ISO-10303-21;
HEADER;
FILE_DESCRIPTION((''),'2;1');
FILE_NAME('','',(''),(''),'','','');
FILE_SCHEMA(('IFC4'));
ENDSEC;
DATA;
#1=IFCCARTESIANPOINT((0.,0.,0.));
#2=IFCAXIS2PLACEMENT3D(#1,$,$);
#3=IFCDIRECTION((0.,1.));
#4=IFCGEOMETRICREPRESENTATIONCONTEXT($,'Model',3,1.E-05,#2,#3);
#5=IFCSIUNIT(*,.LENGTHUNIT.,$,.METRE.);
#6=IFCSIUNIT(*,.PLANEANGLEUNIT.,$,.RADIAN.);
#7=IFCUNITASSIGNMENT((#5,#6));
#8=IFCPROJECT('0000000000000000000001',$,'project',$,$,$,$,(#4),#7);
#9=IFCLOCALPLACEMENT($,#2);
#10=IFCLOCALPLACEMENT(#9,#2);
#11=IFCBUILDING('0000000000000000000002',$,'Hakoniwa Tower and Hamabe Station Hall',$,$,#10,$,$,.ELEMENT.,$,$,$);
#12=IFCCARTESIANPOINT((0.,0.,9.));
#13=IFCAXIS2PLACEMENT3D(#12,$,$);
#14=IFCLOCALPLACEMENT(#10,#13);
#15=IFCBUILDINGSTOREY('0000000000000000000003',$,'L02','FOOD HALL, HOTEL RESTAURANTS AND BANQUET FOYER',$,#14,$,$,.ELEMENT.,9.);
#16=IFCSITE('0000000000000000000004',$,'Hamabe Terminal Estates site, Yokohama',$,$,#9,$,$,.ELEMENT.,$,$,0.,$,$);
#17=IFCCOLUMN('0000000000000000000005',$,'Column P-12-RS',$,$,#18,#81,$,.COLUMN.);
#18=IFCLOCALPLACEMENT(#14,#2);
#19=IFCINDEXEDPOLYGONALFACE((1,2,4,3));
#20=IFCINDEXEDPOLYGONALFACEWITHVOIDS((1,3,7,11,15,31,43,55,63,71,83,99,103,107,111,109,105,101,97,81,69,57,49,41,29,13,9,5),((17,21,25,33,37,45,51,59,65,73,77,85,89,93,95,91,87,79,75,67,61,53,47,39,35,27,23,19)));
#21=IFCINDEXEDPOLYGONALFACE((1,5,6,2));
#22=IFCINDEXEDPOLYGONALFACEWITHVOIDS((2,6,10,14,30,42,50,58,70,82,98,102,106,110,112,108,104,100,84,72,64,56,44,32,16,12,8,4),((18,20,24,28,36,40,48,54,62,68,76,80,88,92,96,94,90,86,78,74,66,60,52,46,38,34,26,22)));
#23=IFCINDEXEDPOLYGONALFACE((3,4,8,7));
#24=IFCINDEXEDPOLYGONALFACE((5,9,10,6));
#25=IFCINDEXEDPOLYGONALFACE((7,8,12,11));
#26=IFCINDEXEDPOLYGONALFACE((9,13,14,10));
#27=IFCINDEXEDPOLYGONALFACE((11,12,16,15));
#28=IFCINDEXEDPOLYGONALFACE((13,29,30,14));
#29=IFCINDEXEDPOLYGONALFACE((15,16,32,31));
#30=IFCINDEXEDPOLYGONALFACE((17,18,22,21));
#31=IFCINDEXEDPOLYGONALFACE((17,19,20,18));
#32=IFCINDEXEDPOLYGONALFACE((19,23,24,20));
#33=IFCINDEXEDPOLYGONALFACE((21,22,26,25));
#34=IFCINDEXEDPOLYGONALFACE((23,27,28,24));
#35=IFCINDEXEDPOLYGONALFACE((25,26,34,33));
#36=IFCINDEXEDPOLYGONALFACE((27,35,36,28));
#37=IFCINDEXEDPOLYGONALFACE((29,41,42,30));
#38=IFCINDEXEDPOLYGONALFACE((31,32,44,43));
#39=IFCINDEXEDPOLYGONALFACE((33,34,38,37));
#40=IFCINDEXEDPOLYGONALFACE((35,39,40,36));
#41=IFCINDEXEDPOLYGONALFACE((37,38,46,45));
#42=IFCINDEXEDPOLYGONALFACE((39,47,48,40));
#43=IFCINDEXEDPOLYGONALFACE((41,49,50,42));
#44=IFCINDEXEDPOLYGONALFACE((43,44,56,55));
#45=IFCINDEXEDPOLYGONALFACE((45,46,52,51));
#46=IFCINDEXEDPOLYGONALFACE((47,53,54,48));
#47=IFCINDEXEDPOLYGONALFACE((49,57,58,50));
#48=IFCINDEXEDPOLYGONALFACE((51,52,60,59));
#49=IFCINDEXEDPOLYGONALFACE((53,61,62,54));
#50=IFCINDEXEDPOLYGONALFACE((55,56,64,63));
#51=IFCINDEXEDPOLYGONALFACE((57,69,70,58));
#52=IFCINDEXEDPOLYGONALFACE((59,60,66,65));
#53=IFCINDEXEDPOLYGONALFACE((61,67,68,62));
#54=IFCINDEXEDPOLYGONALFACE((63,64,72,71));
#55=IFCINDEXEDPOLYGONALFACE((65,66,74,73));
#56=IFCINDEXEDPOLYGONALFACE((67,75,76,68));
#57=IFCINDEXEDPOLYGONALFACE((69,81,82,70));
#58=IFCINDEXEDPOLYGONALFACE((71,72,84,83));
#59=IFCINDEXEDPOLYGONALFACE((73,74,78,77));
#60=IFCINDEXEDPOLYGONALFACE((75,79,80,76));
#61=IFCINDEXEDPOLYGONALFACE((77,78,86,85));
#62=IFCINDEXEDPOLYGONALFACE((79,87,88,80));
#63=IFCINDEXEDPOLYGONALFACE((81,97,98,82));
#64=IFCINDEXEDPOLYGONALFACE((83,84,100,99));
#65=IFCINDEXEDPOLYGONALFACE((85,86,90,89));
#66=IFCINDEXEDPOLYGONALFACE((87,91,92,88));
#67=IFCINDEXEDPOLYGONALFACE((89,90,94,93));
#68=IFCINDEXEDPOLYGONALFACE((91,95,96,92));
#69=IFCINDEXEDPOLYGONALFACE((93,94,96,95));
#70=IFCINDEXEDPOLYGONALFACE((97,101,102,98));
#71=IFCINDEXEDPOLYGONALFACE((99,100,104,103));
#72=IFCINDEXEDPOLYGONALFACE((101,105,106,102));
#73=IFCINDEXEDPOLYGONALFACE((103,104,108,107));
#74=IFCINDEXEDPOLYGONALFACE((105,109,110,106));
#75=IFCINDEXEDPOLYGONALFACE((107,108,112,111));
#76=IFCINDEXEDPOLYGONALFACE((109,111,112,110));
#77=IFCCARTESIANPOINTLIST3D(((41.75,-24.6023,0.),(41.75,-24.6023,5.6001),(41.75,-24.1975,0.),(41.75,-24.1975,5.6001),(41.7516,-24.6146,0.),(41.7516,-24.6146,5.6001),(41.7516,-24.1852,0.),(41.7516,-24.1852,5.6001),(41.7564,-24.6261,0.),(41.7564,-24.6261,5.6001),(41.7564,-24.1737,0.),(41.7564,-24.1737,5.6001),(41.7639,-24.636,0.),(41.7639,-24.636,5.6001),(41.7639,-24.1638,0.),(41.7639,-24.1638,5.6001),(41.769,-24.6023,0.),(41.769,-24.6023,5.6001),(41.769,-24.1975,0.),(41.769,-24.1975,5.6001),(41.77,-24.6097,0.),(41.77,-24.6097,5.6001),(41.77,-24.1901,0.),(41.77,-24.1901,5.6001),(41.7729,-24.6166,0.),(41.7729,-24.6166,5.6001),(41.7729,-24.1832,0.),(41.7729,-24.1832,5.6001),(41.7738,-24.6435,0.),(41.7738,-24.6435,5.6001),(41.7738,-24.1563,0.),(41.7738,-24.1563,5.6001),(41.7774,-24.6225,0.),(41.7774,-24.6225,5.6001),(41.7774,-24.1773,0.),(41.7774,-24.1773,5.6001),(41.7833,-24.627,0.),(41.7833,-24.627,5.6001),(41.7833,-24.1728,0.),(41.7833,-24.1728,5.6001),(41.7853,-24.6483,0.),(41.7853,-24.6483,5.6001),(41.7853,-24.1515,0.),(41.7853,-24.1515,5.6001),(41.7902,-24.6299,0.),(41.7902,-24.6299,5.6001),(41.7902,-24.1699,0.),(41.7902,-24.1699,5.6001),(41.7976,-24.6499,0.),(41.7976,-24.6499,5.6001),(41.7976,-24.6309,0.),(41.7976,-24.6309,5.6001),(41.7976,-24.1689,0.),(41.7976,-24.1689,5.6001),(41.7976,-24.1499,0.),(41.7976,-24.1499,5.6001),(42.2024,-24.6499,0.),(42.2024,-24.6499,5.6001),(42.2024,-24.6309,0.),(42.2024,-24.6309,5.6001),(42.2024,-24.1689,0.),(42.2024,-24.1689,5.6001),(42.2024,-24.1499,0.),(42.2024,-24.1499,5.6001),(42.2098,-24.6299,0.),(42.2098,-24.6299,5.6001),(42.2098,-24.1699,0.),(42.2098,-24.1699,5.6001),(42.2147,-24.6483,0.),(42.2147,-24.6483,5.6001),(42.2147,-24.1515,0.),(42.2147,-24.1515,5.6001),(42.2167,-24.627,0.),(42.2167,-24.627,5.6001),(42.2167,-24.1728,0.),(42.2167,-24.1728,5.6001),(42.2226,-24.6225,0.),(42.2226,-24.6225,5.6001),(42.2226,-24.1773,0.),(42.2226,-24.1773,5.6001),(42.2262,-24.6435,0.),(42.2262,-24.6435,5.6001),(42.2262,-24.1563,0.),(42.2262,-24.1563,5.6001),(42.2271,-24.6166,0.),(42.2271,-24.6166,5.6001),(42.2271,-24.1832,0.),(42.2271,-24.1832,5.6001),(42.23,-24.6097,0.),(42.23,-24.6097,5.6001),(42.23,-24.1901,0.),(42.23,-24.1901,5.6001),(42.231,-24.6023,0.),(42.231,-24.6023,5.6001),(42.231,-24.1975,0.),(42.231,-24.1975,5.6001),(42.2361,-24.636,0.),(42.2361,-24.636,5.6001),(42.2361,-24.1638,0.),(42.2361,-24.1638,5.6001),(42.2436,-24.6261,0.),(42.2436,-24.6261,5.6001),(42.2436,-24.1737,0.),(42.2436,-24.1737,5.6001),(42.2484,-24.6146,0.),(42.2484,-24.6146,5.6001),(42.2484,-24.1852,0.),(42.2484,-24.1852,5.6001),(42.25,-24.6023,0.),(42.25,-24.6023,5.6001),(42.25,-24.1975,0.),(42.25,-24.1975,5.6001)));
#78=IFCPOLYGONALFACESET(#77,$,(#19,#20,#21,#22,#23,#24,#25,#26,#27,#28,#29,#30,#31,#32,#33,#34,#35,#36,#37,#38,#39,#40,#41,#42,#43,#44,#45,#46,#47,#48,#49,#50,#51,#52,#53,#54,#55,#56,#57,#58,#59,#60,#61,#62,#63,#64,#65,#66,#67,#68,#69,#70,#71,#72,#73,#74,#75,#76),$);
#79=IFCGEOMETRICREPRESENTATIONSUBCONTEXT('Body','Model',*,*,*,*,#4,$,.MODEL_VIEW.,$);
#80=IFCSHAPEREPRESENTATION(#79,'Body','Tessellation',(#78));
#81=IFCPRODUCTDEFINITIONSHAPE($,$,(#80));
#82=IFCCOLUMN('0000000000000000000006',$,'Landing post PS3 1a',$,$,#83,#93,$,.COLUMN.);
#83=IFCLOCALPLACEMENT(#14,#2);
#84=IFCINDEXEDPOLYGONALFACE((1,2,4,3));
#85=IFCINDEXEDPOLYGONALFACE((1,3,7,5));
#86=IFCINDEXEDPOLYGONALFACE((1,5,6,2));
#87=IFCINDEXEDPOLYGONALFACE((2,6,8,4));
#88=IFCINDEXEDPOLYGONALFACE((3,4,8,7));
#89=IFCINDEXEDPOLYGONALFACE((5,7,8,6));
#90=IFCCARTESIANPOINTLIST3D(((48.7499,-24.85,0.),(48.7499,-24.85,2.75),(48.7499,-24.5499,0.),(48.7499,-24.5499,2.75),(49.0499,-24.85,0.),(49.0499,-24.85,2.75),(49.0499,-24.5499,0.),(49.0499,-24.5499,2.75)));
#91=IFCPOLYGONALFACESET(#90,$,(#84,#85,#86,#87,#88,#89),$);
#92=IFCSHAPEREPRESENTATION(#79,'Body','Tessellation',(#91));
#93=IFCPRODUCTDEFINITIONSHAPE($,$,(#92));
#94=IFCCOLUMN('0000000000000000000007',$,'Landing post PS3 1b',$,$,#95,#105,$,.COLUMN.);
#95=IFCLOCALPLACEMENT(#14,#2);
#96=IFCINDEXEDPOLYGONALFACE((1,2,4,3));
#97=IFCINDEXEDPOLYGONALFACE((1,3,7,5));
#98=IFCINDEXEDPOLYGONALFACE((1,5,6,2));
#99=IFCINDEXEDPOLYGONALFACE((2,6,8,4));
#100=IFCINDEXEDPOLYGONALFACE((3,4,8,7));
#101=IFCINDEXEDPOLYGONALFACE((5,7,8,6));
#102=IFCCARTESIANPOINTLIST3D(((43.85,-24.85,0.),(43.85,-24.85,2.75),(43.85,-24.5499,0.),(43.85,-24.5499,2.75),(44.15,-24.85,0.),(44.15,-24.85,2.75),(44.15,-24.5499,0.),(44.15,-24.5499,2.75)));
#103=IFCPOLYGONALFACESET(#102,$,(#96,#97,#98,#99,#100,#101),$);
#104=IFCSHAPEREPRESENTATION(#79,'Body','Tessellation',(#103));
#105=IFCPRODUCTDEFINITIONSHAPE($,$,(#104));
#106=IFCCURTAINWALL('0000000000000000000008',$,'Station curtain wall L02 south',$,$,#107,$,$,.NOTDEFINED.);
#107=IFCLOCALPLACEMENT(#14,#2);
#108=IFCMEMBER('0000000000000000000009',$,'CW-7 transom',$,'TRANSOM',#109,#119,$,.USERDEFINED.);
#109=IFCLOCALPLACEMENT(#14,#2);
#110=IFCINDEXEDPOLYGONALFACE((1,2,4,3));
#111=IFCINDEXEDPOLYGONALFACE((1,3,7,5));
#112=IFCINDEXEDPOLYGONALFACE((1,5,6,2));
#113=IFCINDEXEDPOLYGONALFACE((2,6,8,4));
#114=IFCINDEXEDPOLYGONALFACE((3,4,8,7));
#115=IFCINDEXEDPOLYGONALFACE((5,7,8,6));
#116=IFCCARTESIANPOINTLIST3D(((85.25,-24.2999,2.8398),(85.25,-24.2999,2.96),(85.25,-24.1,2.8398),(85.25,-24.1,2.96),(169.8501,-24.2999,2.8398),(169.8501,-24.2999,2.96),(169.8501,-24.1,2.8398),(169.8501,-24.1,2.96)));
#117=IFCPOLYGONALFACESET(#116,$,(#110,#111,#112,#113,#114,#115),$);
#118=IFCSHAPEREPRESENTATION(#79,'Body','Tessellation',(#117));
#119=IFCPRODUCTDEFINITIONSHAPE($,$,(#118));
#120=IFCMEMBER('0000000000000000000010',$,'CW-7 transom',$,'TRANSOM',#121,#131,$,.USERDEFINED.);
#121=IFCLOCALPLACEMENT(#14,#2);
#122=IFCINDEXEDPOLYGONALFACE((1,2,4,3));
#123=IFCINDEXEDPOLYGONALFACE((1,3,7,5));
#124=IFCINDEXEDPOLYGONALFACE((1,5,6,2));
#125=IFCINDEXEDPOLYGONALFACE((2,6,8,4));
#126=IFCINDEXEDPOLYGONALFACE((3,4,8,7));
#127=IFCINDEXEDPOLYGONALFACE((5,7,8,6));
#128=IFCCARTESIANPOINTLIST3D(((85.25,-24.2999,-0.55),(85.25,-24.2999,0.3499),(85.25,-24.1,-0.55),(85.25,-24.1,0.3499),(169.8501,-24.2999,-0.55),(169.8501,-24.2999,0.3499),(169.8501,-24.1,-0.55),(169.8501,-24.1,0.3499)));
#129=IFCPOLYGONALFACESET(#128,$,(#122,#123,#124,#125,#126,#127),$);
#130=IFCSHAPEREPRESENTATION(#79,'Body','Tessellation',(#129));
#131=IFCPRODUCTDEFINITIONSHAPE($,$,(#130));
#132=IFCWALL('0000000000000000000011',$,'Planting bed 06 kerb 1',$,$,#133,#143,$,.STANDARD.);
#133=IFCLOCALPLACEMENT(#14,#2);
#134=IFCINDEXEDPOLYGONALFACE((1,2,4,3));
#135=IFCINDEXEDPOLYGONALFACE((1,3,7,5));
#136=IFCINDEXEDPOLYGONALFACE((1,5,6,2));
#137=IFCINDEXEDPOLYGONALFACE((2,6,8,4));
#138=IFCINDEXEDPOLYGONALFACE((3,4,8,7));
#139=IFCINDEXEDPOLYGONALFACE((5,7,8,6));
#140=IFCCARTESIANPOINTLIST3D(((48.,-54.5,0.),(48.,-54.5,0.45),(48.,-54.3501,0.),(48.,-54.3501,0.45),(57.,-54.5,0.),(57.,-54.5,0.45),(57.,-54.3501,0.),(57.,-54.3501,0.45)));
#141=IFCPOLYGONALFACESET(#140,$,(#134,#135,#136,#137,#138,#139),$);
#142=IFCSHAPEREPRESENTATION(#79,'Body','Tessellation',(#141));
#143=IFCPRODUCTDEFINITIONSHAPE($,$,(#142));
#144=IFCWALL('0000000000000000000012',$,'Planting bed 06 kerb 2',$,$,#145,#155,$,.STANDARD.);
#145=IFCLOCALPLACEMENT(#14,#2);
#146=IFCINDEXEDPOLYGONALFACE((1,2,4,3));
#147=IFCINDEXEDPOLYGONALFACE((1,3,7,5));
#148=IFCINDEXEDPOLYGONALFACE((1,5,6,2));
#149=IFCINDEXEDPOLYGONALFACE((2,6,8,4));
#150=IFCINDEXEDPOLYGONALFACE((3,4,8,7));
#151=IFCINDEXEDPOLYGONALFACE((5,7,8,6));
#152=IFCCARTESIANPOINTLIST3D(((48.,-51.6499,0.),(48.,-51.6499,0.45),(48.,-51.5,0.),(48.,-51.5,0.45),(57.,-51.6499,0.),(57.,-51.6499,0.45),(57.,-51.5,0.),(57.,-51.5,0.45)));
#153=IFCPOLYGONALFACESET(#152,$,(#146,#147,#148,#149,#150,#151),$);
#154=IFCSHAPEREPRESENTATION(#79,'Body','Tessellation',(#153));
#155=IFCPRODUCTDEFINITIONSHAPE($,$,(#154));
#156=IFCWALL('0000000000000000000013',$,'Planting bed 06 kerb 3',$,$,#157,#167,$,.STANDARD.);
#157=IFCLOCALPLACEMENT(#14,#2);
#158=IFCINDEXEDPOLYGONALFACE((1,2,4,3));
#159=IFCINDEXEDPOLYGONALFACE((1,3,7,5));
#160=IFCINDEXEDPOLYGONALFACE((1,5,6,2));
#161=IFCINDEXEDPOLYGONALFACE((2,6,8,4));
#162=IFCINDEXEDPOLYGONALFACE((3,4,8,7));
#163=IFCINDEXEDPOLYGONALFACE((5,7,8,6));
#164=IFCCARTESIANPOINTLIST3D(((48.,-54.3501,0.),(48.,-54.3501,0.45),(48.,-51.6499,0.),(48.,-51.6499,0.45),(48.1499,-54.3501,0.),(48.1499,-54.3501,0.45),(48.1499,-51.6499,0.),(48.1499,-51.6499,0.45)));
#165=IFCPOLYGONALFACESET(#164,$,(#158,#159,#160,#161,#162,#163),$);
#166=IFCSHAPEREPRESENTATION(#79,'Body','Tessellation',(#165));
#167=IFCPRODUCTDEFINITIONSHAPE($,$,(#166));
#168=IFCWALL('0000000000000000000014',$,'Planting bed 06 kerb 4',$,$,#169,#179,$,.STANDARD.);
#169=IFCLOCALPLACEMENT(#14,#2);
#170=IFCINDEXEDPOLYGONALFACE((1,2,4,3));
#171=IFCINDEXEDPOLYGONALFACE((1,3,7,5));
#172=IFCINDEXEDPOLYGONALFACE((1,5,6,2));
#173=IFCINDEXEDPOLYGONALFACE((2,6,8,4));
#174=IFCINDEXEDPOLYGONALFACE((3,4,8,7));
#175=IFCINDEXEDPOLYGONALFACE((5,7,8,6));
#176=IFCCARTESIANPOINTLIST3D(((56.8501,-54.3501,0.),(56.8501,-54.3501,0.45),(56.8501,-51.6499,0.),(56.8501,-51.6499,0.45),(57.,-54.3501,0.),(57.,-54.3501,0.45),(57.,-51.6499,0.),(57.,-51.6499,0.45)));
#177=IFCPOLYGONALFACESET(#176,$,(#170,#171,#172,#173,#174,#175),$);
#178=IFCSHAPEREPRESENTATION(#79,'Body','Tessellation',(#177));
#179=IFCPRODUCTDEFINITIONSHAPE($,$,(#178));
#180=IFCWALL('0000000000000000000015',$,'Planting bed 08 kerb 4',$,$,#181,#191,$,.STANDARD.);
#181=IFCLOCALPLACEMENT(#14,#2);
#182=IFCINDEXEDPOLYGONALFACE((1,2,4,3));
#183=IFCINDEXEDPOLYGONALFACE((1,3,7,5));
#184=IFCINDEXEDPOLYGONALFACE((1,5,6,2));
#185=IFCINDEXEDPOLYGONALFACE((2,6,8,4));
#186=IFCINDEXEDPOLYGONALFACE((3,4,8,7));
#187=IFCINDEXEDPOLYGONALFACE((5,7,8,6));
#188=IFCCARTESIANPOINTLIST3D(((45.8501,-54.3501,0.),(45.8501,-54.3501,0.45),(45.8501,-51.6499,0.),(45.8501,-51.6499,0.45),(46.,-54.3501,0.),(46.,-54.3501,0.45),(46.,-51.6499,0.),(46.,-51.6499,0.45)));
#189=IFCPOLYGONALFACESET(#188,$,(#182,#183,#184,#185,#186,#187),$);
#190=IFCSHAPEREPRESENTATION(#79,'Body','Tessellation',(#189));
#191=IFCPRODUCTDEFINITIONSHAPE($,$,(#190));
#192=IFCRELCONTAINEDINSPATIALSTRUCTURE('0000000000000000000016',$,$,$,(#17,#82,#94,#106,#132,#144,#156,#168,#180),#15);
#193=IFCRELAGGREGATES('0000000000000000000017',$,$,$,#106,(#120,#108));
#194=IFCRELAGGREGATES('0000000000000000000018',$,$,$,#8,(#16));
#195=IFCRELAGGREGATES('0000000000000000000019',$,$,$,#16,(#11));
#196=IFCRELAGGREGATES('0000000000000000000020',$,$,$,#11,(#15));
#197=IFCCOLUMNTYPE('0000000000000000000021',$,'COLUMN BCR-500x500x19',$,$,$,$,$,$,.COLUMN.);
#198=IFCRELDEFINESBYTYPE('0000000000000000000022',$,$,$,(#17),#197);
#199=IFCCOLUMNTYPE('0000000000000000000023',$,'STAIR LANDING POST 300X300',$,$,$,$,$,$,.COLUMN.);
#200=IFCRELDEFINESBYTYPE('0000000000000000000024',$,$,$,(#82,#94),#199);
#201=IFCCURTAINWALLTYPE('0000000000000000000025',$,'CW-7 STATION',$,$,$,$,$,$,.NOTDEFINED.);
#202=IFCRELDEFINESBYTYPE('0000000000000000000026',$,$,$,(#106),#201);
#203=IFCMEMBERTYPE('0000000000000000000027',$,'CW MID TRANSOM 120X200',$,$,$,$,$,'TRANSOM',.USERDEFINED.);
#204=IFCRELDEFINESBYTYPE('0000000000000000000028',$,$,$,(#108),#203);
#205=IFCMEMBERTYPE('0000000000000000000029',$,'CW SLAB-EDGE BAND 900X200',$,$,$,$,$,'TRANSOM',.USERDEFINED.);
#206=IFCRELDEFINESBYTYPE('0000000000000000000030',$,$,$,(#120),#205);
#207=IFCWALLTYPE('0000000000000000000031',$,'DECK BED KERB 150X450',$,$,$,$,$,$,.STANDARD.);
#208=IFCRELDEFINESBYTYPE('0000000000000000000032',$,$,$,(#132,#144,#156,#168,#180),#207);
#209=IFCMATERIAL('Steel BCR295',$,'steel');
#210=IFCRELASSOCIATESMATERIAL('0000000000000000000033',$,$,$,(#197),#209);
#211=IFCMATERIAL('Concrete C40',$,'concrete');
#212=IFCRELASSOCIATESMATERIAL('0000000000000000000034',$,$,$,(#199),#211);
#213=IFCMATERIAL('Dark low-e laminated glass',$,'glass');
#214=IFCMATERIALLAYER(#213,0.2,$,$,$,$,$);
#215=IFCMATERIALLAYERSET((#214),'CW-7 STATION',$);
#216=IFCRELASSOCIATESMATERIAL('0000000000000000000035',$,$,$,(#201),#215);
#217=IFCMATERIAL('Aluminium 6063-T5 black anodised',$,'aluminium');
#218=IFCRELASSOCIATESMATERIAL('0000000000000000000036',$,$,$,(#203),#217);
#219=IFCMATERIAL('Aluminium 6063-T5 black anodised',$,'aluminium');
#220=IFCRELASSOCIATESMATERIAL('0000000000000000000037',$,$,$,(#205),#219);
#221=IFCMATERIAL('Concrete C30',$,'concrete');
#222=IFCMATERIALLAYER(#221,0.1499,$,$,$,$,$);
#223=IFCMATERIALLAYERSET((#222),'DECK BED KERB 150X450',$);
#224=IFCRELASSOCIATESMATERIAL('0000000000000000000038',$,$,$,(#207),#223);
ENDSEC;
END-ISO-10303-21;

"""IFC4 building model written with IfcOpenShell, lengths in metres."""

from ifc_helpers import new_model, si_unit, direction, frame, frame_2d, origin, origin_2d, place, context, subcontext, project, spatial, rectangle, hollow_rectangle, extrude, material, layer, layer_set, material_profile, profile_set, type_object, element, aggregate, save


model = new_model("IFC4")

# Units and contexts
model_context = context("Model", 3, precision=1e-05, world=origin(), true_north=direction((0.0, 1.0)))
body_context = subcontext(model_context, "Body", "Model", "MODEL_VIEW")
ifc_project = project(units=[si_unit("LENGTHUNIT", "METRE"), si_unit("PLANEANGLEUNIT", "RADIAN")], contexts=[model_context])

# Site, building, storey
site_placement = place(None, origin())
site = spatial("IfcSite", under=ifc_project, at=site_placement, Name="Hamabe Terminal Estates site, Yokohama", CompositionType="ELEMENT", RefElevation=0.0)
building_placement = place(site_placement, origin())
building = spatial("IfcBuilding", under=site, at=building_placement, Name="Hakoniwa Tower and Hamabe Station Hall", CompositionType="ELEMENT")
storey_placement = place(building_placement, frame((0.0, 0.0, 9.0)))
storey = spatial("IfcBuildingStorey", under=building, at=storey_placement, Name="L02", Description="FOOD HALL, HOTEL RESTAURANTS AND BANQUET FOYER", CompositionType="ELEMENT", Elevation=9.0)

# Columns
ifc_material_1 = material(Name="Steel BCR295", Category="steel")
ifc_material_profile_1 = material_profile(ifc_material_1, hollow_rectangle(XDim=0.5, YDim=0.5, WallThickness=0.019, InnerFilletRadius=0.0286, OuterFilletRadius=0.0476, at=origin_2d()), Name="BCR-500x500x19")
ifc_profile_set_1 = profile_set([ifc_material_profile_1], Name="Steel BCR295")
column_type_1 = type_object("IfcColumnType", Name="COLUMN BCR-500x500x19", PredefinedType="COLUMN", material=ifc_profile_set_1)
column_placement = place(storey_placement, frame((42.0, -24.3999, 0.0), z_axis=(0.0, 0.0, 1.0), x_axis=(1.0, 0.0, 0.0)))
element("IfcColumn", 1, at=column_placement, inside=storey, type_object=column_type_1, Name="Column P-12-RS", PredefinedType="COLUMN", context=body_context, shape_type="SweptSolid", body=[
    extrude(hollow_rectangle(XDim=0.5, YDim=0.5, WallThickness=0.019, InnerFilletRadius=0.0286, OuterFilletRadius=0.0476, at=origin_2d()), origin(), (0.0, 0.0, 1.0), 5.6001),
])
ifc_material_2 = material(Name="Concrete C40", Category="concrete")
ifc_material_profile_2 = material_profile(ifc_material_2, rectangle(XDim=0.3, YDim=0.3, at=origin_2d()), Name="STAIR LANDING POST 300X300")
ifc_profile_set_2 = profile_set([ifc_material_profile_2], Name="Concrete C40")
column_type_2 = type_object("IfcColumnType", Name="STAIR LANDING POST 300X300", PredefinedType="COLUMN", material=ifc_profile_set_2)
for number, where, z_axis, x_axis, name in (
    (2, (48.8999, -24.7, 0.0), (0.0, 0.0, 1.0), (1.0, 0.0, 0.0), "Landing post PS3 1a"),
    (3, (44.0, -24.7, 0.0), (0.0, 0.0, 1.0), (1.0, 0.0, 0.0), "Landing post PS3 1b"),
):
    element("IfcColumn", number, at=place(storey_placement, frame(where, z_axis=z_axis, x_axis=x_axis)), inside=storey, type_object=column_type_2, Name=name, PredefinedType="COLUMN", context=body_context, shape_type="SweptSolid", body=[
        extrude(rectangle(XDim=0.3, YDim=0.3, at=origin_2d()), origin(), (0.0, 0.0, 1.0), 2.75),
    ])

# Curtain wall, members
ifc_material_3 = material(Name="Dark low-e laminated glass", Category="glass")
ifc_layer_1 = layer(ifc_material_3, 0.2)
ifc_layer_set_1 = layer_set([ifc_layer_1], Name="CW-7 STATION")
curtain_wall_type = type_object("IfcCurtainWallType", Name="CW-7 STATION", PredefinedType="NOTDEFINED", material=ifc_layer_set_1)
curtain_wall_placement = place(storey_placement, origin())
curtain_wall = element("IfcCurtainWall", 4, at=curtain_wall_placement, inside=storey, type_object=curtain_wall_type, Name="Station curtain wall L02 south", PredefinedType="NOTDEFINED")
ifc_material_4 = material(Name="Aluminium 6063-T5 black anodised", Category="aluminium")
ifc_material_profile_3 = material_profile(ifc_material_4, rectangle(XDim=0.2, YDim=0.1201, at=origin_2d()), Name="CW MID TRANSOM 120X200")
ifc_profile_set_3 = profile_set([ifc_material_profile_3], Name="Aluminium 6063-T5 black anodised")
member_type_1 = type_object("IfcMemberType", Name="CW MID TRANSOM 120X200", ElementType="TRANSOM", PredefinedType="USERDEFINED", material=ifc_profile_set_3)
member_1_placement = place(storey_placement, frame((85.25, -24.2, 2.8999), z_axis=(1.0, 0.0, 0.0), x_axis=(0.0, 1.0, 0.0)))
member_1 = element("IfcMember", 5, at=member_1_placement, type_object=member_type_1, Name="CW-7 transom", ObjectType="TRANSOM", PredefinedType="USERDEFINED", context=body_context, shape_type="SweptSolid", body=[
    extrude(rectangle(XDim=0.2, YDim=0.1201, at=origin_2d()), origin(), (0.0, 0.0, 1.0), 84.6001),
])
ifc_material_5 = material(Name="Aluminium 6063-T5 black anodised", Category="aluminium")
ifc_material_profile_4 = material_profile(ifc_material_5, rectangle(XDim=0.2, YDim=0.8999, at=origin_2d()), Name="CW SLAB-EDGE BAND 900X200")
ifc_profile_set_4 = profile_set([ifc_material_profile_4], Name="Aluminium 6063-T5 black anodised")
member_type_2 = type_object("IfcMemberType", Name="CW SLAB-EDGE BAND 900X200", ElementType="TRANSOM", PredefinedType="USERDEFINED", material=ifc_profile_set_4)
member_2_placement = place(storey_placement, frame((85.25, -24.2, -0.1001), z_axis=(1.0, 0.0, 0.0), x_axis=(0.0, 1.0, 0.0)))
member_2 = element("IfcMember", 6, at=member_2_placement, type_object=member_type_2, Name="CW-7 transom", ObjectType="TRANSOM", PredefinedType="USERDEFINED", context=body_context, shape_type="SweptSolid", body=[
    extrude(rectangle(XDim=0.2, YDim=0.8999, at=origin_2d()), origin(), (0.0, 0.0, 1.0), 84.6001),
])
aggregate(curtain_wall, [member_2, member_1])

# Walls
ifc_material_6 = material(Name="Concrete C30", Category="concrete")
ifc_layer_2 = layer(ifc_material_6, 0.1499)
ifc_layer_set_2 = layer_set([ifc_layer_2], Name="DECK BED KERB 150X450")
wall_type_1 = type_object("IfcWallType", Name="DECK BED KERB 150X450", PredefinedType="STANDARD", material=ifc_layer_set_2)
for number, where, z_axis, x_axis, name in (
    (7, (48.0, -54.425, 0.0), (0.0, 0.0, 1.0), (1.0, 0.0, 0.0), "Planting bed 06 kerb 1"),
    (8, (48.0, -51.575, 0.0), (0.0, 0.0, 1.0), (1.0, 0.0, 0.0), "Planting bed 06 kerb 2"),
):
    element("IfcWall", number, at=place(storey_placement, frame(where, z_axis=z_axis, x_axis=x_axis)), inside=storey, type_object=wall_type_1, Name=name, PredefinedType="STANDARD", context=body_context, shape_type="SweptSolid", body=[
        extrude(rectangle(XDim=9.0, YDim=0.1499, at=frame_2d((4.5, 0.0))), origin(), (0.0, 0.0, 1.0), 0.45),
    ])
for number, where, z_axis, x_axis, name in (
    (9, (48.075, -54.3501, 0.0), (0.0, 0.0, 1.0), (0.0, 1.0, 0.0), "Planting bed 06 kerb 3"),
    (10, (56.925, -54.3501, 0.0), (0.0, 0.0, 1.0), (0.0, 1.0, 0.0), "Planting bed 06 kerb 4"),
    (11, (45.925, -54.3501, 0.0), (0.0, 0.0, 1.0), (0.0, 1.0, 0.0), "Planting bed 08 kerb 4"),
):
    element("IfcWall", number, at=place(storey_placement, frame(where, z_axis=z_axis, x_axis=x_axis)), inside=storey, type_object=wall_type_1, Name=name, PredefinedType="STANDARD", context=body_context, shape_type="SweptSolid", body=[
        extrude(rectangle(XDim=2.7002, YDim=0.1499, at=frame_2d((1.3501, 0.0))), origin(), (0.0, 0.0, 1.0), 0.45),
    ])

save(model, "model.ifc")
